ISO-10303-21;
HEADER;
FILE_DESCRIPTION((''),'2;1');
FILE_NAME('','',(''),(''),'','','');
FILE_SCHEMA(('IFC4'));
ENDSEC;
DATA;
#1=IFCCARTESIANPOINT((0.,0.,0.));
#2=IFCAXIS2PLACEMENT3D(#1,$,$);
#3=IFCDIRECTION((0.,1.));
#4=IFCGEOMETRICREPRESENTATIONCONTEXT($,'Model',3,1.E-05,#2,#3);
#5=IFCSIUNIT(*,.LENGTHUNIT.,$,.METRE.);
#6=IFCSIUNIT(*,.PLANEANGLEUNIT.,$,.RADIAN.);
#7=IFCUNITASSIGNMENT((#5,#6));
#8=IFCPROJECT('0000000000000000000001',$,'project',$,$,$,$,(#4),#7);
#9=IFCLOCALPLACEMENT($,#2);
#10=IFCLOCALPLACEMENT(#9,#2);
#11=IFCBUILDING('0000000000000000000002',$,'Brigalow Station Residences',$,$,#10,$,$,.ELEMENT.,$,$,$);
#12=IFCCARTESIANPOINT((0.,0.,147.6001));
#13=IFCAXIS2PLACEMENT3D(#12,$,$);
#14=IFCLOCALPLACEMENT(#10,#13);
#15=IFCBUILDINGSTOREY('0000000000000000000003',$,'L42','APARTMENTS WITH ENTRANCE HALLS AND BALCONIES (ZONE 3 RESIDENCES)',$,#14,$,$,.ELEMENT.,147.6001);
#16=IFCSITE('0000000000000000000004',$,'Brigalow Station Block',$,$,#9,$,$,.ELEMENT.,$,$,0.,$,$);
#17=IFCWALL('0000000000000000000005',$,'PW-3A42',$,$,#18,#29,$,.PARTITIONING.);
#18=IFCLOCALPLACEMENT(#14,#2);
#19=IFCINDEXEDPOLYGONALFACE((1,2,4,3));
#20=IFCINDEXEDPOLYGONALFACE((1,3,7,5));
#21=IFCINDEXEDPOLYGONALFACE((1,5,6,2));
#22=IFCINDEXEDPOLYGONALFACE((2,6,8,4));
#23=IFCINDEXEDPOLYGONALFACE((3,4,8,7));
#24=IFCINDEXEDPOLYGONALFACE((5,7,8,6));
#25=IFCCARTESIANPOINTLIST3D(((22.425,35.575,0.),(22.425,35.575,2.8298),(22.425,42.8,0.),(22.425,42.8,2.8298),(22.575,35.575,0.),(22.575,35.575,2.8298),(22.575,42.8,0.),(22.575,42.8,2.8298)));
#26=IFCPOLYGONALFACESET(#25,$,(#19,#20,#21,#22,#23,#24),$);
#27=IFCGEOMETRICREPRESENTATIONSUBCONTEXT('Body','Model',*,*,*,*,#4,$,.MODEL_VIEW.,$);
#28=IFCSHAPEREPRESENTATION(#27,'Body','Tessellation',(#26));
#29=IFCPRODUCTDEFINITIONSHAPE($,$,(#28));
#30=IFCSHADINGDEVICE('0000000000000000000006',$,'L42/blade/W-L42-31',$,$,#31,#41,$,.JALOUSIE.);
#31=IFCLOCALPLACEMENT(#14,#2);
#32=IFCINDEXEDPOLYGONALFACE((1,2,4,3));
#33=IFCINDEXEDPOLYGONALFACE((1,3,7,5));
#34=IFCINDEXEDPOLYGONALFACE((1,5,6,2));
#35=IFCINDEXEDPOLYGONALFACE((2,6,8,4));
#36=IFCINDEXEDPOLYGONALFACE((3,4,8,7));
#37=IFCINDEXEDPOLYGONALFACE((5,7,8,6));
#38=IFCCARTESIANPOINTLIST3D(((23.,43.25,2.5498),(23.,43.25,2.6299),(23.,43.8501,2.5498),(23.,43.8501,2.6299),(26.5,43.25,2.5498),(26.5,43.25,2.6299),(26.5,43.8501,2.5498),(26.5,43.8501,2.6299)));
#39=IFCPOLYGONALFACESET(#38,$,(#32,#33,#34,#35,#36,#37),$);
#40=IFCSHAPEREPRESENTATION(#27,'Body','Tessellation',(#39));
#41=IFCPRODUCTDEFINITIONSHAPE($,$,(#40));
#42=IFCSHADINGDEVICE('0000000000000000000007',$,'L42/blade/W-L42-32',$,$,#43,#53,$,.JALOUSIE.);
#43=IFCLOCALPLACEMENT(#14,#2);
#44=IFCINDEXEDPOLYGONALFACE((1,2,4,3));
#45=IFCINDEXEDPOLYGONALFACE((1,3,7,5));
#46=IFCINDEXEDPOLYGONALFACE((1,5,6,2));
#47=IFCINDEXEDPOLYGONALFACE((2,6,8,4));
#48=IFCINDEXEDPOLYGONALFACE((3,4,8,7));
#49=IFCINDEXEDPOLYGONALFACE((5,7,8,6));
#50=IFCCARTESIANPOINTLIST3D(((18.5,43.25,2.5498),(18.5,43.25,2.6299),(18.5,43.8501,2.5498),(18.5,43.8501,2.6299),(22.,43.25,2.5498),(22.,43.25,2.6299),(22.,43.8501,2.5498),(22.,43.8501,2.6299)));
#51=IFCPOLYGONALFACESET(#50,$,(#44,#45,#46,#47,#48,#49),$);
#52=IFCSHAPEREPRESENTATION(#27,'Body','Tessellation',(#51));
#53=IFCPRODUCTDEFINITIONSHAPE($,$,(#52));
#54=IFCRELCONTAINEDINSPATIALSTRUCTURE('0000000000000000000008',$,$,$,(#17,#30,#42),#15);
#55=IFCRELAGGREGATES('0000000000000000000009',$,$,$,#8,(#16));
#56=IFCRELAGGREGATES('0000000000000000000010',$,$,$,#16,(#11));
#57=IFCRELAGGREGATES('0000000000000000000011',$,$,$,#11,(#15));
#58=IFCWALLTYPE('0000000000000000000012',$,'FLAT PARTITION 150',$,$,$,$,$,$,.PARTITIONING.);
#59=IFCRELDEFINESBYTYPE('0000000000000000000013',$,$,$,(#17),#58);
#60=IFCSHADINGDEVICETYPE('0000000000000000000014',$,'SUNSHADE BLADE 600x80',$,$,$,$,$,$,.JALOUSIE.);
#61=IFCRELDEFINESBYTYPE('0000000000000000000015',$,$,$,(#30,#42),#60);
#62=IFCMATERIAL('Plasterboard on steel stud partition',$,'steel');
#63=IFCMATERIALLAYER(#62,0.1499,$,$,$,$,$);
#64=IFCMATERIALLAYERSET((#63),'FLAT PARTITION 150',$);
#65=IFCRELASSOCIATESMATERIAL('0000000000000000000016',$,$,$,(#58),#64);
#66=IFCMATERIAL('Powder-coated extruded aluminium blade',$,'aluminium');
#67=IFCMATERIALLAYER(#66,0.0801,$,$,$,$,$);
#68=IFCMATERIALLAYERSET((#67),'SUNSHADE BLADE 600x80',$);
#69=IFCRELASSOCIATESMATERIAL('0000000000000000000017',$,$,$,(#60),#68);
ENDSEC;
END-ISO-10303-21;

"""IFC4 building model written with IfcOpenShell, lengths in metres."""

from ifc_helpers import new_model, si_unit, direction, frame, frame_2d, origin, origin_2d, place, context, subcontext, project, spatial, rectangle, extrude, material, layer, layer_set, type_object, element, save


model = new_model("IFC4")

# Units and contexts
model_context = context("Model", 3, precision=1e-05, world=origin(), true_north=direction((0.0, 1.0)))
body_context = subcontext(model_context, "Body", "Model", "MODEL_VIEW")
ifc_project = project(units=[si_unit("LENGTHUNIT", "METRE"), si_unit("PLANEANGLEUNIT", "RADIAN")], contexts=[model_context])

# Site, building, storey
site_placement = place(None, origin())
site = spatial("IfcSite", under=ifc_project, at=site_placement, Name="Brigalow Station Block", CompositionType="ELEMENT", RefElevation=0.0)
building_placement = place(site_placement, origin())
building = spatial("IfcBuilding", under=site, at=building_placement, Name="Brigalow Station Residences", CompositionType="ELEMENT")
storey_placement = place(building_placement, frame((0.0, 0.0, 147.6001)))
storey = spatial("IfcBuildingStorey", under=building, at=storey_placement, Name="L42", Description="APARTMENTS WITH ENTRANCE HALLS AND BALCONIES (ZONE 3 RESIDENCES)", CompositionType="ELEMENT", Elevation=147.6001)

# Wall
ifc_material_1 = material(Name="Plasterboard on steel stud partition", Category="steel")
ifc_layer_1 = layer(ifc_material_1, 0.1499)
ifc_layer_set_1 = layer_set([ifc_layer_1], Name="FLAT PARTITION 150")
wall_type_1 = type_object("IfcWallType", Name="FLAT PARTITION 150", PredefinedType="PARTITIONING", material=ifc_layer_set_1)
wall_1_placement = place(storey_placement, frame((22.5, 35.575, 0.0), z_axis=(0.0, 0.0, 1.0), x_axis=(0.0, 1.0, 0.0)))
element("IfcWall", 1, at=wall_1_placement, inside=storey, type_object=wall_type_1, Name="PW-3A42", PredefinedType="PARTITIONING", context=body_context, shape_type="SweptSolid", body=[
    extrude(rectangle(XDim=7.2251, YDim=0.1499, at=frame_2d((3.6125, 0.0))), origin(), (0.0, 0.0, 1.0), 2.8298),
])

# Shading devices
ifc_material_2 = material(Name="Powder-coated extruded aluminium blade", Category="aluminium")
ifc_layer_2 = layer(ifc_material_2, 0.0801)
ifc_layer_set_2 = layer_set([ifc_layer_2], Name="SUNSHADE BLADE 600x80")
shading_device_type = type_object("IfcShadingDeviceType", Name="SUNSHADE BLADE 600x80", PredefinedType="JALOUSIE", material=ifc_layer_set_2)
for number, where, z_axis, x_axis, name in (
    (2, (24.75, 43.55, 2.5498), (0.0, 0.0, 1.0), (-1.0, 0.0, 0.0), "L42/blade/W-L42-31"),
    (3, (20.25, 43.55, 2.5498), (0.0, 0.0, 1.0), (-1.0, 0.0, 0.0), "L42/blade/W-L42-32"),
):
    element("IfcShadingDevice", number, at=place(storey_placement, frame(where, z_axis=z_axis, x_axis=x_axis)), inside=storey, type_object=shading_device_type, Name=name, PredefinedType="JALOUSIE", context=body_context, shape_type="SweptSolid", body=[
        extrude(rectangle(XDim=3.5, YDim=0.6001, at=origin_2d()), origin(), (0.0, 0.0, 1.0), 0.0801),
    ])

save(model, "model.ifc")
